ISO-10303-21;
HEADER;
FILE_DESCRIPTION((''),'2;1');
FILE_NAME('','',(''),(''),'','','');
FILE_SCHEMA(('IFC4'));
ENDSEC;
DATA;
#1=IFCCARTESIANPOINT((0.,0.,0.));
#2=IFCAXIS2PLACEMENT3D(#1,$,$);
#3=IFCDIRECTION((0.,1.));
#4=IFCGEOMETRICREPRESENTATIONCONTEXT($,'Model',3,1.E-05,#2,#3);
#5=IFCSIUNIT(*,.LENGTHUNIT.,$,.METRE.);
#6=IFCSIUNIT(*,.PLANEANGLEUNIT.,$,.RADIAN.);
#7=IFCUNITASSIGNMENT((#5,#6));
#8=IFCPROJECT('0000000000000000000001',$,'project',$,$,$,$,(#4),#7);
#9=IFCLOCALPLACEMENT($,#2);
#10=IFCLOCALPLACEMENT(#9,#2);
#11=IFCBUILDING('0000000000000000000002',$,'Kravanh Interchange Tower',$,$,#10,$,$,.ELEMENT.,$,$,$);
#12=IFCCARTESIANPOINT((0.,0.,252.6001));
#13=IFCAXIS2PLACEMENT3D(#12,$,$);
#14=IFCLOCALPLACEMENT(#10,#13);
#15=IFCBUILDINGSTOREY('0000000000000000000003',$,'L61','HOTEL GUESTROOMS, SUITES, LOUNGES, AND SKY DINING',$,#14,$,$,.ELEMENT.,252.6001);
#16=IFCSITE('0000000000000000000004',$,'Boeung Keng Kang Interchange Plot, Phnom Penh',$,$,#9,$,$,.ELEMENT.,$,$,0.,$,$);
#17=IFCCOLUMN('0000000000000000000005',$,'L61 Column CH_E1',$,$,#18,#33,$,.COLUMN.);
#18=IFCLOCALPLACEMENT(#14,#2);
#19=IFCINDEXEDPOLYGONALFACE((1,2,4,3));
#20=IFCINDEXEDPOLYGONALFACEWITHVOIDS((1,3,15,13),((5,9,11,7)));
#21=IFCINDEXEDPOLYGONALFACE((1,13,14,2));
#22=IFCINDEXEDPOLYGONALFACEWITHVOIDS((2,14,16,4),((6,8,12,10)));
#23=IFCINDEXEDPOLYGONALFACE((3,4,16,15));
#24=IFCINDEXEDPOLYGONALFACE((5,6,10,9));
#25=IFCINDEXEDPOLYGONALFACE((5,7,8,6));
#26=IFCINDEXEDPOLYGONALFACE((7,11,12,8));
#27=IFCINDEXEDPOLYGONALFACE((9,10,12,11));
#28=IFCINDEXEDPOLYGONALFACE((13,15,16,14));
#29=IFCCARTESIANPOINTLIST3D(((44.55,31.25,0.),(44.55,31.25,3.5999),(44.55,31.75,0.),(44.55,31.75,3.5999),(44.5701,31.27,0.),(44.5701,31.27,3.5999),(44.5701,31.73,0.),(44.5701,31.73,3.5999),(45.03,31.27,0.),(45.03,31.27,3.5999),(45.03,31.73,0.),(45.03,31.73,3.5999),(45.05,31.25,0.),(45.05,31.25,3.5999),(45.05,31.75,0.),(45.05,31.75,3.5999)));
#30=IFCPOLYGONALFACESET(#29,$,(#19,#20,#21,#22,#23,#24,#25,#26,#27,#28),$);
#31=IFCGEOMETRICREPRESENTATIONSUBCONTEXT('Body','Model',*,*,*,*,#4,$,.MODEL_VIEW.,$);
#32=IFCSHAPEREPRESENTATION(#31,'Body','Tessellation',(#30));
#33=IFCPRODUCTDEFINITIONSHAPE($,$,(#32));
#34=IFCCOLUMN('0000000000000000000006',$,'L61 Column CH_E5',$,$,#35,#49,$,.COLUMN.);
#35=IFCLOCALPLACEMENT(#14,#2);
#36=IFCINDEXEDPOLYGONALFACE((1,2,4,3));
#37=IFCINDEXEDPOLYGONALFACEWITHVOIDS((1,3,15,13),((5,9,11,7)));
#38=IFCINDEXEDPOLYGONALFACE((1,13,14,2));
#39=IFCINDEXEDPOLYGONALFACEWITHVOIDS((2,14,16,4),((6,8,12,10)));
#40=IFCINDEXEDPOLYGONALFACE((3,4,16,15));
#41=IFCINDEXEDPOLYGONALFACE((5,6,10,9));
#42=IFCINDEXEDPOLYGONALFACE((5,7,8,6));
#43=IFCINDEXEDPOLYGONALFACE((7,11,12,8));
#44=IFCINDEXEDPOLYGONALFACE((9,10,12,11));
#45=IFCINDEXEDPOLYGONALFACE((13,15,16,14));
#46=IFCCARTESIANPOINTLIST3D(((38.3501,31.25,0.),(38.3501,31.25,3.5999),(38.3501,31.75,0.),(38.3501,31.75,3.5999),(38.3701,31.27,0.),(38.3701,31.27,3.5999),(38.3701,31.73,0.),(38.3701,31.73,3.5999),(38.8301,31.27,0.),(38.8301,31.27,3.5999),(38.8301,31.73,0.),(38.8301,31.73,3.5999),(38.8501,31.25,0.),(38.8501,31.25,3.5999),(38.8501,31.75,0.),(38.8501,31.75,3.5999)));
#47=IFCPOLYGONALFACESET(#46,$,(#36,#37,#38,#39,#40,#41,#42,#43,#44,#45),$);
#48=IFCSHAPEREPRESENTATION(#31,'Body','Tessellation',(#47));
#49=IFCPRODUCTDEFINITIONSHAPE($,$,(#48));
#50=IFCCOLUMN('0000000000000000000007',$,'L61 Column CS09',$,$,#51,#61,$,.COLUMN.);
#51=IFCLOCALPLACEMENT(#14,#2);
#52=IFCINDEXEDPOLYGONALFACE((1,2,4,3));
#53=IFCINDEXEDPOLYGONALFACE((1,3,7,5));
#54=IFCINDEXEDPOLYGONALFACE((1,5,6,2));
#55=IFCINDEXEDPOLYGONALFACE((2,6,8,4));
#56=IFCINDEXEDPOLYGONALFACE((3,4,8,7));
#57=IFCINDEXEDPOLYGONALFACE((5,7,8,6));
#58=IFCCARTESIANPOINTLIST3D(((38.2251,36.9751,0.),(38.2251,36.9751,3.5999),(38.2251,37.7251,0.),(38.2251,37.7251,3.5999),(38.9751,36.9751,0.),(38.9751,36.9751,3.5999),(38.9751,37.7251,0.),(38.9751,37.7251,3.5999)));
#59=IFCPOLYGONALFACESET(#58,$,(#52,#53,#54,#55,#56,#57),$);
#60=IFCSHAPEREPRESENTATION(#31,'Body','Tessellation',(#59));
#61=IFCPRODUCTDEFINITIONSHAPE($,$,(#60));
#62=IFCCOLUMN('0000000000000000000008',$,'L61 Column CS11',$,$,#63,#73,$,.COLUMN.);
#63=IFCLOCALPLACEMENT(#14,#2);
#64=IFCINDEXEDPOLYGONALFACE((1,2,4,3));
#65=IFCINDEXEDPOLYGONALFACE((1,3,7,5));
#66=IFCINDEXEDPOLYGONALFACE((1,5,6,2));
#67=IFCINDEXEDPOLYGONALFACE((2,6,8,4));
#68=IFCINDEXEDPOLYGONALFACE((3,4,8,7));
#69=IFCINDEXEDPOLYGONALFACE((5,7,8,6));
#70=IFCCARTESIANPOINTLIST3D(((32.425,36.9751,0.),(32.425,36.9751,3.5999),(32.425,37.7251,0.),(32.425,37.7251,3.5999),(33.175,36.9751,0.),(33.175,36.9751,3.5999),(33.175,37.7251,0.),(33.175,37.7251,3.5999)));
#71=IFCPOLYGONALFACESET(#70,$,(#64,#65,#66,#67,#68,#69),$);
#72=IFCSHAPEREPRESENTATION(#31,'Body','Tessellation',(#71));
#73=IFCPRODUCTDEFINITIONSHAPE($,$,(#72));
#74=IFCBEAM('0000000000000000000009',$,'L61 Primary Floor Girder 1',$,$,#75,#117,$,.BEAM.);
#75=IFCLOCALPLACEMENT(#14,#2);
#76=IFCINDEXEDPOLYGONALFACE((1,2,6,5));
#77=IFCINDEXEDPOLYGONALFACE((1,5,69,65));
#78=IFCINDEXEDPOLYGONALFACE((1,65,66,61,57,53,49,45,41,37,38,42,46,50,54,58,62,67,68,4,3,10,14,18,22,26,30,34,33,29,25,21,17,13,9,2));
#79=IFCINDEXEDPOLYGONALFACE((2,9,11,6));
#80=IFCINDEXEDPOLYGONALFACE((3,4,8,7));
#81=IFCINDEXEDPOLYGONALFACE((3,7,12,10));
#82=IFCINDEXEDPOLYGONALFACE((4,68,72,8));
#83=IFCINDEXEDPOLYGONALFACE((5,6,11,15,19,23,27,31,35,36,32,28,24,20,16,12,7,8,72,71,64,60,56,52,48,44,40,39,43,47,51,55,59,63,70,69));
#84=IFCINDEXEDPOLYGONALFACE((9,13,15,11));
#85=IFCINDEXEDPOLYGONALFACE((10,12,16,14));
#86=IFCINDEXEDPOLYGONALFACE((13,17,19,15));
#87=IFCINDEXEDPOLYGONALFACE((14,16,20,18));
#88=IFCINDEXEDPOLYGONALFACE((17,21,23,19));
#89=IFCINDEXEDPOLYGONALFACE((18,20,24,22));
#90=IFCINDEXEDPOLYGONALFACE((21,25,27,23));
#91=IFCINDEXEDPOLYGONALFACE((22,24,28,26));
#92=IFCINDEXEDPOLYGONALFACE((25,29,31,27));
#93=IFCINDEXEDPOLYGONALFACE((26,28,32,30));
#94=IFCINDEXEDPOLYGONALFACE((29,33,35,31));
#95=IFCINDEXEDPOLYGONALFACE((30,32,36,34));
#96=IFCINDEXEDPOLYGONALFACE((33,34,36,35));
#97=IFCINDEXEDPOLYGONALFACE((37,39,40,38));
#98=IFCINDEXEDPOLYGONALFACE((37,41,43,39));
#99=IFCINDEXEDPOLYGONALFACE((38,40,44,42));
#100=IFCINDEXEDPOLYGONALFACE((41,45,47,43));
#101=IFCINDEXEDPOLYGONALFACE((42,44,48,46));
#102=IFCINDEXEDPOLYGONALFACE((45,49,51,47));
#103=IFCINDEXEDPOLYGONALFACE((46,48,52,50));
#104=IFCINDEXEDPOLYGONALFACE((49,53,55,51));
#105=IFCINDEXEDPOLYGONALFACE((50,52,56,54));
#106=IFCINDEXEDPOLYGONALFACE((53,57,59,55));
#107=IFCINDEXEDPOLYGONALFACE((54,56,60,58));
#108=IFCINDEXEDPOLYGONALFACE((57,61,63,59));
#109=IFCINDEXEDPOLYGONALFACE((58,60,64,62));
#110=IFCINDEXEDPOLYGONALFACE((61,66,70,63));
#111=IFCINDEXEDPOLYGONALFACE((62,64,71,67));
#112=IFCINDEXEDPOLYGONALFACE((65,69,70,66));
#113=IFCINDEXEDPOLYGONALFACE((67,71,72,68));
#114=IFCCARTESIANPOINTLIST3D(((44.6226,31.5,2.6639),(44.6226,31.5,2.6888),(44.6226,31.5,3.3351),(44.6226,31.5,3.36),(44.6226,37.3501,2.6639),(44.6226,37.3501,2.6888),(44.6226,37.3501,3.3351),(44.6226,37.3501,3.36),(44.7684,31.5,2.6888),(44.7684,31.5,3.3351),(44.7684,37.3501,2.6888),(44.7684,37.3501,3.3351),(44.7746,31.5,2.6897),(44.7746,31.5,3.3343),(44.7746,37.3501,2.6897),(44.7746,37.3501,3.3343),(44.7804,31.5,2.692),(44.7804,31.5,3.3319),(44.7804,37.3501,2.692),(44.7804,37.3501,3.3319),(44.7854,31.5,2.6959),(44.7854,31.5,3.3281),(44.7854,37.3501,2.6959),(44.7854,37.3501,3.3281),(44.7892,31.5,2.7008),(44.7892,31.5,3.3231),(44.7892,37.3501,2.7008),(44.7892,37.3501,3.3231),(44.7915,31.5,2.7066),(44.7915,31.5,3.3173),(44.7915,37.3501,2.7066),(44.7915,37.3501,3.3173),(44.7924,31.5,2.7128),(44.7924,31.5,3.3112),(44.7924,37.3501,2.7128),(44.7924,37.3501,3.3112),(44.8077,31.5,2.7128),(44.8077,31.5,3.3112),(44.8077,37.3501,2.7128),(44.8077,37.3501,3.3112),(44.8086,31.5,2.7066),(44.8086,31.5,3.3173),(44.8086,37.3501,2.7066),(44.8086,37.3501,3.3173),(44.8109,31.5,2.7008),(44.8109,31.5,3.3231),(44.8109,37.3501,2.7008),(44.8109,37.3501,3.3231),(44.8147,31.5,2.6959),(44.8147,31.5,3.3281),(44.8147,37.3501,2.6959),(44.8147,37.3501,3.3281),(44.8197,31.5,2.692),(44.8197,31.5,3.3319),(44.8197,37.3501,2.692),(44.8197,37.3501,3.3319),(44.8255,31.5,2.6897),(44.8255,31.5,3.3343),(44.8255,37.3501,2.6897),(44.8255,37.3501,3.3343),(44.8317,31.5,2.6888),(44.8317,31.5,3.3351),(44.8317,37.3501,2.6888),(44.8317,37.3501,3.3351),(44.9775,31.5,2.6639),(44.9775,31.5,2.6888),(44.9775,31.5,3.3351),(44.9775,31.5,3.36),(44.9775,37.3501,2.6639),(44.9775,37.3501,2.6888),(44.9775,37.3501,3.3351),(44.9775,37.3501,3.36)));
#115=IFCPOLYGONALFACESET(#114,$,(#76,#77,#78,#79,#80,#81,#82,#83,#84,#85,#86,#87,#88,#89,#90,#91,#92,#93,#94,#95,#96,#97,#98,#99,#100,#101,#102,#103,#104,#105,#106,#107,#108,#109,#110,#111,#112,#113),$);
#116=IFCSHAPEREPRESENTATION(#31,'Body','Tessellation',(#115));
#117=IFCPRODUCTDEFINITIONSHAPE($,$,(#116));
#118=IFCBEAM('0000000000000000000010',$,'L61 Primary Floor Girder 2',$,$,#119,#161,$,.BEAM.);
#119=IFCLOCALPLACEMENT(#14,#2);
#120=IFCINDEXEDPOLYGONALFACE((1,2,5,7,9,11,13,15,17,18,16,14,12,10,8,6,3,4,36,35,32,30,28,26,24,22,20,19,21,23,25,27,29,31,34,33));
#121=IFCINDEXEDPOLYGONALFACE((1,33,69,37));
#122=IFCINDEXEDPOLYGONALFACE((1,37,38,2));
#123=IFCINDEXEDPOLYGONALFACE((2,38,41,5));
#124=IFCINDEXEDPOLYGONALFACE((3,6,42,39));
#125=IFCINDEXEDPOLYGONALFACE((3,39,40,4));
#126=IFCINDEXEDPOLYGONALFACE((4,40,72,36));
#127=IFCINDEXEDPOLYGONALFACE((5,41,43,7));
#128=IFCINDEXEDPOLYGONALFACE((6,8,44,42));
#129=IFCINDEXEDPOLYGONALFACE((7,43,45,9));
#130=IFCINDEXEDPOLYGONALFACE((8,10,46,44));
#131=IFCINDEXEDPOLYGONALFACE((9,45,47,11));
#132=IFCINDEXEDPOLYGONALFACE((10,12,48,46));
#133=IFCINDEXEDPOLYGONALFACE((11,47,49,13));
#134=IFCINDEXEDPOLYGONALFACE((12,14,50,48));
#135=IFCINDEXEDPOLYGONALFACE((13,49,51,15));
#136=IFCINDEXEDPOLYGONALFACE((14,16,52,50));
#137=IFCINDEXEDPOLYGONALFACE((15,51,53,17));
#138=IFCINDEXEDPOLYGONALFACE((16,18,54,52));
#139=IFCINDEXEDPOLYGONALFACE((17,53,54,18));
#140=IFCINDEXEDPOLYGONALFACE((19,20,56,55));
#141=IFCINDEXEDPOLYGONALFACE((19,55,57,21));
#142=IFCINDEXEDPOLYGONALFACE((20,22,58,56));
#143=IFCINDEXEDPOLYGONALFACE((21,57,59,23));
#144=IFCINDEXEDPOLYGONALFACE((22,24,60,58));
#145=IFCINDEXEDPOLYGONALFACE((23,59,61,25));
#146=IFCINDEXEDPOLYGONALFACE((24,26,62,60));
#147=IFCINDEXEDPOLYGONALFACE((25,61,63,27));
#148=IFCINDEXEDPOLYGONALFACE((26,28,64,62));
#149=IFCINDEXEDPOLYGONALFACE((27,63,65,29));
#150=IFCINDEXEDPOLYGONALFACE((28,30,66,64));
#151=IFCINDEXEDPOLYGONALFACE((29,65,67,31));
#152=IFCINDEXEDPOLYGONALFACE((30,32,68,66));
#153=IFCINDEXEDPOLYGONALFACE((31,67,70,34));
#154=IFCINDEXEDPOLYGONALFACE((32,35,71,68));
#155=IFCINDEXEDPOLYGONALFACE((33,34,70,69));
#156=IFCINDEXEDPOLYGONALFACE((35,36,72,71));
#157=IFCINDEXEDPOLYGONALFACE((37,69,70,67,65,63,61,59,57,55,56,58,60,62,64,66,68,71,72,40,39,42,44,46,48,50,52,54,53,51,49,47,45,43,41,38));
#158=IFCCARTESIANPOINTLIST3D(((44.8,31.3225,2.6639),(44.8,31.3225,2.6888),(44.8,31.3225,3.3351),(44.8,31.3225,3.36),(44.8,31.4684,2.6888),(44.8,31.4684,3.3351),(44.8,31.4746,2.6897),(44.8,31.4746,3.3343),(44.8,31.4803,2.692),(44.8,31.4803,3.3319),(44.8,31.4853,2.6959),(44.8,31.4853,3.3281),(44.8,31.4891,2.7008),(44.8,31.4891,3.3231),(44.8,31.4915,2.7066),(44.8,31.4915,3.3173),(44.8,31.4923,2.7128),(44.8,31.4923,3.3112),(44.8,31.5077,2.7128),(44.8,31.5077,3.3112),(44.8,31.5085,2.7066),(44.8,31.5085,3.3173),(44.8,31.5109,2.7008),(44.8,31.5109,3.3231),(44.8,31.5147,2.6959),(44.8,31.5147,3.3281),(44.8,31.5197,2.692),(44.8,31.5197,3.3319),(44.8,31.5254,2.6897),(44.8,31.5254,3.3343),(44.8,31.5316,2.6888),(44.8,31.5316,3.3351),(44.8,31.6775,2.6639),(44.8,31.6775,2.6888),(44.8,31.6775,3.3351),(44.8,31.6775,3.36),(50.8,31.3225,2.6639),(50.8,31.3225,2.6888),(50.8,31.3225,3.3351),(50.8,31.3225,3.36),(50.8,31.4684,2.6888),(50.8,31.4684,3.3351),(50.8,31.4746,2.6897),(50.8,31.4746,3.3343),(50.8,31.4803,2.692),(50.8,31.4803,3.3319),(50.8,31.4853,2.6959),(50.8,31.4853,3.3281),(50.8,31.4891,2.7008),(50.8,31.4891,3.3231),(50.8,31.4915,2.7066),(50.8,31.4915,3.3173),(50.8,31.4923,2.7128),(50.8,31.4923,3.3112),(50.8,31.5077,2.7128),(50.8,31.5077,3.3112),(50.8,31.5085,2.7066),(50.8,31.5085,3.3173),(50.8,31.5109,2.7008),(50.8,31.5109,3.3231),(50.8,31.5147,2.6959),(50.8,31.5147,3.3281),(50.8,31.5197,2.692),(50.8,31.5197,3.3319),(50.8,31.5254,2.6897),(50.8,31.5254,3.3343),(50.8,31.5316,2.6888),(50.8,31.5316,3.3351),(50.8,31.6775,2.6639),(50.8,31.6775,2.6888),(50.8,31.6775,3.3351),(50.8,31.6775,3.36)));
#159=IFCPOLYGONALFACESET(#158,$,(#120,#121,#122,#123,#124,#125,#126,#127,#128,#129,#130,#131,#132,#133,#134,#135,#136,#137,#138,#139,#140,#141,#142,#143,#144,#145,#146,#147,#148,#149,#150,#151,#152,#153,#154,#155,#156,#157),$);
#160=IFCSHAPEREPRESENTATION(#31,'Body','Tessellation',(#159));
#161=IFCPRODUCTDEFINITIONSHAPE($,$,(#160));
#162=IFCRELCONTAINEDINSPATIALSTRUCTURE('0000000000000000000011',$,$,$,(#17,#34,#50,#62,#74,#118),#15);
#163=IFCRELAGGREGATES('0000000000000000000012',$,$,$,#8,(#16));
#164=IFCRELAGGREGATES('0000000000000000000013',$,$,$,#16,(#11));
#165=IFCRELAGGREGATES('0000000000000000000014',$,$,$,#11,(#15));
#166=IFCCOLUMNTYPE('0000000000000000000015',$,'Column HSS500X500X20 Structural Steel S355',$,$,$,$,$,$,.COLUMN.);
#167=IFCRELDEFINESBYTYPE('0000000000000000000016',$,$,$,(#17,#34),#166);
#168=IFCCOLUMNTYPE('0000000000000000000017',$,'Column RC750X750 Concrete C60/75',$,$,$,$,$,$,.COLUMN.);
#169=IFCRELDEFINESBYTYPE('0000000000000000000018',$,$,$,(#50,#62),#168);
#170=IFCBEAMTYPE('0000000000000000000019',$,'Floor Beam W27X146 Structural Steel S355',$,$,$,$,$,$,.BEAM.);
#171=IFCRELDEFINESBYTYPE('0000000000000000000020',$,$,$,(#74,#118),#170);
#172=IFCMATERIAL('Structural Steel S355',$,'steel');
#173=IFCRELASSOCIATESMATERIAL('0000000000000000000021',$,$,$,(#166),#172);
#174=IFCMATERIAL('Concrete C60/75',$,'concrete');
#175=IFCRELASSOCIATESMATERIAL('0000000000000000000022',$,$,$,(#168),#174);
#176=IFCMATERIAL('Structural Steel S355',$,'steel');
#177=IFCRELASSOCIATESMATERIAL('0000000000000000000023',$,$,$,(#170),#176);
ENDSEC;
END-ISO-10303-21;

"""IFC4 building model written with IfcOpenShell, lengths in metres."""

from ifc_helpers import new_model, si_unit, direction, frame, origin, origin_2d, place, context, subcontext, project, spatial, rectangle, hollow_rectangle, i_section, extrude, material, material_profile, profile_set, type_object, element, save


model = new_model("IFC4")

# Units and contexts
model_context = context("Model", 3, precision=1e-05, world=origin(), true_north=direction((0.0, 1.0)))
body_context = subcontext(model_context, "Body", "Model", "MODEL_VIEW")
ifc_project = project(units=[si_unit("LENGTHUNIT", "METRE"), si_unit("PLANEANGLEUNIT", "RADIAN")], contexts=[model_context])

# Site, building, storey
site_placement = place(None, origin())
site = spatial("IfcSite", under=ifc_project, at=site_placement, Name="Boeung Keng Kang Interchange Plot, Phnom Penh", CompositionType="ELEMENT", RefElevation=0.0)
building_placement = place(site_placement, origin())
building = spatial("IfcBuilding", under=site, at=building_placement, Name="Kravanh Interchange Tower", CompositionType="ELEMENT")
storey_placement = place(building_placement, frame((0.0, 0.0, 252.6001)))
storey = spatial("IfcBuildingStorey", under=building, at=storey_placement, Name="L61", Description="HOTEL GUESTROOMS, SUITES, LOUNGES, AND SKY DINING", CompositionType="ELEMENT", Elevation=252.6001)

# Columns
ifc_material_1 = material(Name="Structural Steel S355", Category="steel")
ifc_material_profile_1 = material_profile(ifc_material_1, hollow_rectangle(XDim=0.5, YDim=0.5, WallThickness=0.02, at=origin_2d()), Name="HSS500X500X20")
ifc_profile_set_1 = profile_set([ifc_material_profile_1], Name="Structural Steel S355")
column_type_1 = type_object("IfcColumnType", Name="Column HSS500X500X20 Structural Steel S355", PredefinedType="COLUMN", material=ifc_profile_set_1)
for number, where, z_axis, x_axis, name in (
    (1, (44.8, 31.5, 0.0), (0.0, 0.0, 1.0), (1.0, 0.0, 0.0), "L61 Column CH_E1"),
    (2, (38.6001, 31.5, 0.0), (0.0, 0.0, 1.0), (1.0, 0.0, 0.0), "L61 Column CH_E5"),
):
    element("IfcColumn", number, at=place(storey_placement, frame(where, z_axis=z_axis, x_axis=x_axis)), inside=storey, type_object=column_type_1, Name=name, PredefinedType="COLUMN", context=body_context, shape_type="SweptSolid", body=[
        extrude(hollow_rectangle(XDim=0.5, YDim=0.5, WallThickness=0.02, at=origin_2d()), origin(), (0.0, 0.0, 1.0), 3.5999),
    ])
ifc_material_2 = material(Name="Concrete C60/75", Category="concrete")
ifc_material_profile_2 = material_profile(ifc_material_2, rectangle(XDim=0.75, YDim=0.75, at=origin_2d()), Name="RC750X750")
ifc_profile_set_2 = profile_set([ifc_material_profile_2], Name="Concrete C60/75")
column_type_2 = type_object("IfcColumnType", Name="Column RC750X750 Concrete C60/75", PredefinedType="COLUMN", material=ifc_profile_set_2)
for number, where, z_axis, x_axis, name in (
    (3, (38.6001, 37.3501, 0.0), (0.0, 0.0, 1.0), (1.0, 0.0, 0.0), "L61 Column CS09"),
    (4, (32.8, 37.3501, 0.0), (0.0, 0.0, 1.0), (1.0, 0.0, 0.0), "L61 Column CS11"),
):
    element("IfcColumn", number, at=place(storey_placement, frame(where, z_axis=z_axis, x_axis=x_axis)), inside=storey, type_object=column_type_2, Name=name, PredefinedType="COLUMN", context=body_context, shape_type="SweptSolid", body=[
        extrude(rectangle(XDim=0.75, YDim=0.75, at=origin_2d()), origin(), (0.0, 0.0, 1.0), 3.5999),
    ])

# Beams
ifc_material_3 = material(Name="Structural Steel S355", Category="steel")
ifc_material_profile_3 = material_profile(ifc_material_3, i_section(OverallWidth=0.355, OverallDepth=0.696, WebThickness=0.0154, FlangeThickness=0.0249, FilletRadius=0.0239, at=origin_2d()), Name="W27X146")
ifc_profile_set_3 = profile_set([ifc_material_profile_3], Name="Structural Steel S355")
beam_type_1 = type_object("IfcBeamType", Name="Floor Beam W27X146 Structural Steel S355", PredefinedType="BEAM", material=ifc_profile_set_3)
beam_1_placement = place(storey_placement, frame((44.8, 31.5, 3.012), z_axis=(0.0, 1.0, 0.0), x_axis=(-1.0, 0.0, 0.0)))
element("IfcBeam", 5, at=beam_1_placement, inside=storey, type_object=beam_type_1, Name="L61 Primary Floor Girder 1", PredefinedType="BEAM", context=body_context, shape_type="SweptSolid", body=[
    extrude(i_section(OverallWidth=0.355, OverallDepth=0.696, WebThickness=0.0154, FlangeThickness=0.0249, FilletRadius=0.0239, at=origin_2d()), origin(), (0.0, 0.0, 1.0), 5.8501),
])
beam_2_placement = place(storey_placement, frame((44.8, 31.5, 3.012), z_axis=(1.0, 0.0, 0.0), x_axis=(0.0, 1.0, 0.0)))
element("IfcBeam", 6, at=beam_2_placement, inside=storey, type_object=beam_type_1, Name="L61 Primary Floor Girder 2", PredefinedType="BEAM", context=body_context, shape_type="SweptSolid", body=[
    extrude(i_section(OverallWidth=0.355, OverallDepth=0.696, WebThickness=0.0154, FlangeThickness=0.0249, FilletRadius=0.0239, at=origin_2d()), origin(), (0.0, 0.0, 1.0), 6.0),
])

save(model, "model.ifc")
